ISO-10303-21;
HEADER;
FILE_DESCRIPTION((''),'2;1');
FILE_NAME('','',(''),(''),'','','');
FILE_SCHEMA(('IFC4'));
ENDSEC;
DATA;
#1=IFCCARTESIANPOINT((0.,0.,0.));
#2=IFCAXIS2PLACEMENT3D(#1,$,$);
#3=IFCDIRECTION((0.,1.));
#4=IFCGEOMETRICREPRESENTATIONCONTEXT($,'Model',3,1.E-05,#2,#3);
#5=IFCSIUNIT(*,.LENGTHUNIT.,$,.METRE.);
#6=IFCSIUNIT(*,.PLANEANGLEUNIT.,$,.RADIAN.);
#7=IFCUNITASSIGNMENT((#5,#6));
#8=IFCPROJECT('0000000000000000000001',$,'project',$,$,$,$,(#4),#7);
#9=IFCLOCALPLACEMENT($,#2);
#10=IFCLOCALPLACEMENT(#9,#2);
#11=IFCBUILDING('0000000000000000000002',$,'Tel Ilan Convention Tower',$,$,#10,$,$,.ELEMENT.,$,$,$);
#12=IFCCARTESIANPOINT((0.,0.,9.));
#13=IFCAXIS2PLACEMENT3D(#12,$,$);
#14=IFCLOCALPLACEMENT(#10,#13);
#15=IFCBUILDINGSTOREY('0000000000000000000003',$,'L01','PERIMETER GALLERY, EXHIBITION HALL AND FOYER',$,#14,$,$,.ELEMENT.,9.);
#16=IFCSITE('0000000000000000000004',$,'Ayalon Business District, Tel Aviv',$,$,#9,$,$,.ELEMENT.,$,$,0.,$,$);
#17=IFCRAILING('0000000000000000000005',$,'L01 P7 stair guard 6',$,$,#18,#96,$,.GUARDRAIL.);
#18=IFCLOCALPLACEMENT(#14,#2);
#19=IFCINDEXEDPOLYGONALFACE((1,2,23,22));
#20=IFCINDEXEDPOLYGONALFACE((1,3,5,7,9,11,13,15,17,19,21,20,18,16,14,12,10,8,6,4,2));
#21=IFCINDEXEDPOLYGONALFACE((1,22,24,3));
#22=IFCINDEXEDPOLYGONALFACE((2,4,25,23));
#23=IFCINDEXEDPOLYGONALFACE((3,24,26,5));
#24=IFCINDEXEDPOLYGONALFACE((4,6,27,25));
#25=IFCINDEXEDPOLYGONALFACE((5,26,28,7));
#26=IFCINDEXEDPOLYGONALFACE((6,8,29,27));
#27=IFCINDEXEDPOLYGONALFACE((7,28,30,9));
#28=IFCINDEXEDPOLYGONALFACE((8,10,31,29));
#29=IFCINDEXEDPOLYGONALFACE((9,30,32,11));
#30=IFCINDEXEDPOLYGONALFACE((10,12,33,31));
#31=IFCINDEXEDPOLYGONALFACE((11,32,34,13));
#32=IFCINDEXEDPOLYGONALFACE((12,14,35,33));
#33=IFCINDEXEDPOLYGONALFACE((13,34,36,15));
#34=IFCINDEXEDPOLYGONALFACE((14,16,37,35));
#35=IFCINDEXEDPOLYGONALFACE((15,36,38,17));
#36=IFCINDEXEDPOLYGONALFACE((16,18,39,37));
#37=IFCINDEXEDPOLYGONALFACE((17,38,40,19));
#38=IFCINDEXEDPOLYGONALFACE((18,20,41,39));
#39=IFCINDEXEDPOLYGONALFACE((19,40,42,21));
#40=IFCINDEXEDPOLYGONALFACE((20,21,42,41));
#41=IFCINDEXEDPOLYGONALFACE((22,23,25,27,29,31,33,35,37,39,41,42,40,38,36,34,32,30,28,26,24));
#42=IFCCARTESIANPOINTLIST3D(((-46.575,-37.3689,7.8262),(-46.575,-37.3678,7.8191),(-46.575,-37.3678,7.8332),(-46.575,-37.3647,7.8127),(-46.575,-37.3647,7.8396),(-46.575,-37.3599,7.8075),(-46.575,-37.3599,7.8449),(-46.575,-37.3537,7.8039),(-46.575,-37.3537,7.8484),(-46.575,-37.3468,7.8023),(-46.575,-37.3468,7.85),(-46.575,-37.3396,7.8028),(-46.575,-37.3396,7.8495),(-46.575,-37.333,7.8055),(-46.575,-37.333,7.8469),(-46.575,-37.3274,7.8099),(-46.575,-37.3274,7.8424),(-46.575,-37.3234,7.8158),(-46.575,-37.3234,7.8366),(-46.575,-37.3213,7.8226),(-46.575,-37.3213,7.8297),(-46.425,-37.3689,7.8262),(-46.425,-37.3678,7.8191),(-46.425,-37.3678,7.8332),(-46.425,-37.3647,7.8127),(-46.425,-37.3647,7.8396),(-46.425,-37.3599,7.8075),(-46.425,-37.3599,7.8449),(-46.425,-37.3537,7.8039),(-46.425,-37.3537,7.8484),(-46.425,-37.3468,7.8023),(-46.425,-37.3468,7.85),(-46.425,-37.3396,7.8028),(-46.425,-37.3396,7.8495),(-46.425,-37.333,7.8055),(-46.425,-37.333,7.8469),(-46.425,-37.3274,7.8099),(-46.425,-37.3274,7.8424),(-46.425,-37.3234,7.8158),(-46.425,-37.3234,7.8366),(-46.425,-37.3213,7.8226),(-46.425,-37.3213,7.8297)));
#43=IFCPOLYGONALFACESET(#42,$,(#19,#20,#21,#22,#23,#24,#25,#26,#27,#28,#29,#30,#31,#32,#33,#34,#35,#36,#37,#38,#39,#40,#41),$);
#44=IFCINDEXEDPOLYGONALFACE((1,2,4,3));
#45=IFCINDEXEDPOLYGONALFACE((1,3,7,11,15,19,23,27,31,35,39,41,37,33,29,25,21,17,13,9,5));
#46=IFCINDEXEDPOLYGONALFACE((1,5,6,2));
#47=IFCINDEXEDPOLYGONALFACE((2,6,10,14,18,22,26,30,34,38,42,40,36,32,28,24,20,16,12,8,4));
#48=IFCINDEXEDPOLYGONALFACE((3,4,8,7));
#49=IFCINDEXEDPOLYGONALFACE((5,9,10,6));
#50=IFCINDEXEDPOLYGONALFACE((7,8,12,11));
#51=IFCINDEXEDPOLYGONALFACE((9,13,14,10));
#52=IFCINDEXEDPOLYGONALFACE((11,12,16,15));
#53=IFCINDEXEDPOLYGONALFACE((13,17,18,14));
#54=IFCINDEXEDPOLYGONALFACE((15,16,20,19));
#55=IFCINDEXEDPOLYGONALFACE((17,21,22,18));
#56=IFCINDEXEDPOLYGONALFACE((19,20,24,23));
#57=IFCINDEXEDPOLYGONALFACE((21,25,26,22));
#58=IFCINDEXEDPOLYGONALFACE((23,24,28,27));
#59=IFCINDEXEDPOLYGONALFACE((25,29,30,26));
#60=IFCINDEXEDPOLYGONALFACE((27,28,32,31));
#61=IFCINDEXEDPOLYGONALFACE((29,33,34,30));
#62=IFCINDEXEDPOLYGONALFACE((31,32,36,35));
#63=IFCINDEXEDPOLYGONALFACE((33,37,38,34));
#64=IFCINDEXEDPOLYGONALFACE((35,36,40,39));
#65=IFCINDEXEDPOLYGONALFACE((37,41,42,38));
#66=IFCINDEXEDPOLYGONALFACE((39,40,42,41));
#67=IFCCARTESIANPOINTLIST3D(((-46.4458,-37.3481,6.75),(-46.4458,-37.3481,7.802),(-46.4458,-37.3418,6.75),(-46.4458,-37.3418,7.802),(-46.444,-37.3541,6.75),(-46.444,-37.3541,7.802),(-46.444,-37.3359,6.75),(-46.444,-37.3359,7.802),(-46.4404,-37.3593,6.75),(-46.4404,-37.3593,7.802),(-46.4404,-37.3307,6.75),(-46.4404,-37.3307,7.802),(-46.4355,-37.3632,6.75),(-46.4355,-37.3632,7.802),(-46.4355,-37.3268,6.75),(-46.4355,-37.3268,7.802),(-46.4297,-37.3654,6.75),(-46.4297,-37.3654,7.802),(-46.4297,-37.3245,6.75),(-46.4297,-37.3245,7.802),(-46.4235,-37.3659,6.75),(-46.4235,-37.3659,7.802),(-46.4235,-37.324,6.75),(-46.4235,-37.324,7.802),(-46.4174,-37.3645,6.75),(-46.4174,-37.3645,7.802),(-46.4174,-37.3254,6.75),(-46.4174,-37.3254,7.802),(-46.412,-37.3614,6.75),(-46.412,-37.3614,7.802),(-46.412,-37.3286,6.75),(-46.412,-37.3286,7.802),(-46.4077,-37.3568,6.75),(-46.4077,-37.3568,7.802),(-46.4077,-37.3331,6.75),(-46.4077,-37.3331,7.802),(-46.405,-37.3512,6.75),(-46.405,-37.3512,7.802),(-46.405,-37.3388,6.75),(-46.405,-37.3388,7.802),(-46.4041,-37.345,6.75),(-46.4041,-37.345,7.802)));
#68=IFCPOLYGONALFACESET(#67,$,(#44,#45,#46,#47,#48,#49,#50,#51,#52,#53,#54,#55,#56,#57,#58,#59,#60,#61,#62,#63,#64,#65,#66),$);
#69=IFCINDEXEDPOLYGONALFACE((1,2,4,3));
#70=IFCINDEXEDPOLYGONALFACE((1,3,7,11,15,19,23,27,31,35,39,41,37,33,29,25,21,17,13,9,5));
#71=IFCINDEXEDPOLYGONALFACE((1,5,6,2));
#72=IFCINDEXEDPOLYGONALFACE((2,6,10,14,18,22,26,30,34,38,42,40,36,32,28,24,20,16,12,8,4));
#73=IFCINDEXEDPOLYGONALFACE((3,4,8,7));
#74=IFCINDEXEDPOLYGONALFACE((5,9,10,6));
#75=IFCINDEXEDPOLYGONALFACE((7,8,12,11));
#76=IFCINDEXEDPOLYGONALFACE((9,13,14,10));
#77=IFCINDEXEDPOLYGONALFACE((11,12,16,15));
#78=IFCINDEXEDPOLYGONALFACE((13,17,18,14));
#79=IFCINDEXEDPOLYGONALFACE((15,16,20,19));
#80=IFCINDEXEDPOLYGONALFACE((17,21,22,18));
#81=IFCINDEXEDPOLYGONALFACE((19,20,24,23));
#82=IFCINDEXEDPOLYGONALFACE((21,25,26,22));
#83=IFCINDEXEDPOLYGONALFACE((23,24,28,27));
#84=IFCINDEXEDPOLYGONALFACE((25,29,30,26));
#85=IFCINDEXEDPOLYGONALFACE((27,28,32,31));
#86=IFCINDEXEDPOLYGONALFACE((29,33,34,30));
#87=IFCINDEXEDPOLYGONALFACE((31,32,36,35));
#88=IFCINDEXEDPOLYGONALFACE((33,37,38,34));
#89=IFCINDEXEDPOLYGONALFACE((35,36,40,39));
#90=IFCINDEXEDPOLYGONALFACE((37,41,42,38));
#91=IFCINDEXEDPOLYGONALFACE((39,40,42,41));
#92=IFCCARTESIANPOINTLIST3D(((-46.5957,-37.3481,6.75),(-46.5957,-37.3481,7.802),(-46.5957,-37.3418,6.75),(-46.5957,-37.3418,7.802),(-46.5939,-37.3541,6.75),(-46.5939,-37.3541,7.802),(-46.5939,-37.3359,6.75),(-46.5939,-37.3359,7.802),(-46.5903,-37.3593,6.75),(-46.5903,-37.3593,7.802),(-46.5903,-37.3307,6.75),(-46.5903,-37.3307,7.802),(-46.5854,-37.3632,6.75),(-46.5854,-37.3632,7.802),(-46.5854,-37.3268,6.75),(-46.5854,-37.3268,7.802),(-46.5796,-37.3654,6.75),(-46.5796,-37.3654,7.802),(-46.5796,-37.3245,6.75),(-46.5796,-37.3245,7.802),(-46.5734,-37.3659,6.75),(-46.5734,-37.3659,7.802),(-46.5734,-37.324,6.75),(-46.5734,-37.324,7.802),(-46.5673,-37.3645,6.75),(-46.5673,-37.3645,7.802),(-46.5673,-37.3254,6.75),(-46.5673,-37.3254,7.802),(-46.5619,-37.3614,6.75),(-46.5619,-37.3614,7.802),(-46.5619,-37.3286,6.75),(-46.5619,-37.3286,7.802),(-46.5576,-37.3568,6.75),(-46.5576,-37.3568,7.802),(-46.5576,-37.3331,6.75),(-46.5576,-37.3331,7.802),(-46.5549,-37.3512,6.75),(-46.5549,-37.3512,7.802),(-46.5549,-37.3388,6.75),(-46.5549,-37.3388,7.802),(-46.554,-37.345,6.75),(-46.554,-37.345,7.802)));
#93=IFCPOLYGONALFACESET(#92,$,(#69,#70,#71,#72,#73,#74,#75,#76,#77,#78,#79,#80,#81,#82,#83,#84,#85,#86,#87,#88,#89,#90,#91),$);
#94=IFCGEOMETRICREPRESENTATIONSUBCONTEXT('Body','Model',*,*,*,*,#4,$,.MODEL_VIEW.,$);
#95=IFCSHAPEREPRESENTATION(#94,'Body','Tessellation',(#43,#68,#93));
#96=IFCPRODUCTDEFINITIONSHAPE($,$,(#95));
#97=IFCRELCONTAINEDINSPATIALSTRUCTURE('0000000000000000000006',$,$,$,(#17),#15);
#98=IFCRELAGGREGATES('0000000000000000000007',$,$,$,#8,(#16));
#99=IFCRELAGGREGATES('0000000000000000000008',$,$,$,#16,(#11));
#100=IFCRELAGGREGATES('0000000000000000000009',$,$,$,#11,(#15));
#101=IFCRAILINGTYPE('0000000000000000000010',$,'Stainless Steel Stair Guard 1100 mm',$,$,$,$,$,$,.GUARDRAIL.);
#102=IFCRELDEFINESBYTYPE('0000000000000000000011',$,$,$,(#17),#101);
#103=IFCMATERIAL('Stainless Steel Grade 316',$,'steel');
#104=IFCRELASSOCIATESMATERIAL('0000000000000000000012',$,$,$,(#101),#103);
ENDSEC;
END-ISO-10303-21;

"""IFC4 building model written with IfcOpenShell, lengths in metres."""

from ifc_helpers import new_model, si_unit, direction, frame, origin, origin_2d, place, context, subcontext, project, spatial, circle, extrude, material, type_object, element, save


model = new_model("IFC4")

# Units and contexts
model_context = context("Model", 3, precision=1e-05, world=origin(), true_north=direction((0.0, 1.0)))
body_context = subcontext(model_context, "Body", "Model", "MODEL_VIEW")
ifc_project = project(units=[si_unit("LENGTHUNIT", "METRE"), si_unit("PLANEANGLEUNIT", "RADIAN")], contexts=[model_context])

# Site, building, storey
site_placement = place(None, origin())
site = spatial("IfcSite", under=ifc_project, at=site_placement, Name="Ayalon Business District, Tel Aviv", CompositionType="ELEMENT", RefElevation=0.0)
building_placement = place(site_placement, origin())
building = spatial("IfcBuilding", under=site, at=building_placement, Name="Tel Ilan Convention Tower", CompositionType="ELEMENT")
storey_placement = place(building_placement, frame((0.0, 0.0, 9.0)))
storey = spatial("IfcBuildingStorey", under=building, at=storey_placement, Name="L01", Description="PERIMETER GALLERY, EXHIBITION HALL AND FOYER", CompositionType="ELEMENT", Elevation=9.0)

# Railing
ifc_material_1 = material(Name="Stainless Steel Grade 316", Category="steel")
railing_type = type_object("IfcRailingType", Name="Stainless Steel Stair Guard 1100 mm", PredefinedType="GUARDRAIL", material=ifc_material_1)
railing_1_placement = place(storey_placement, frame((-46.425, -37.345, 6.75)))
element("IfcRailing", 1, at=railing_1_placement, inside=storey, type_object=railing_type, Name="L01 P7 stair guard 6", PredefinedType="GUARDRAIL", context=body_context, shape_type="SweptSolid", body=[
    extrude(circle(Radius=0.0239, at=origin_2d()), frame((0.0, 0.0, 1.0762), z_axis=(-1.0, 0.0, 0.0), x_axis=(0.0, -1.0, 0.0)), (0.0, 0.0, 1.0), 0.1499),
    extrude(circle(Radius=0.021, at=origin_2d()), origin(), (0.0, 0.0, 1.0), 1.052),
    extrude(circle(Radius=0.021, at=origin_2d()), frame((-0.1499, 0.0, 0.0)), (0.0, 0.0, 1.0), 1.052),
])

save(model, "model.ifc")
